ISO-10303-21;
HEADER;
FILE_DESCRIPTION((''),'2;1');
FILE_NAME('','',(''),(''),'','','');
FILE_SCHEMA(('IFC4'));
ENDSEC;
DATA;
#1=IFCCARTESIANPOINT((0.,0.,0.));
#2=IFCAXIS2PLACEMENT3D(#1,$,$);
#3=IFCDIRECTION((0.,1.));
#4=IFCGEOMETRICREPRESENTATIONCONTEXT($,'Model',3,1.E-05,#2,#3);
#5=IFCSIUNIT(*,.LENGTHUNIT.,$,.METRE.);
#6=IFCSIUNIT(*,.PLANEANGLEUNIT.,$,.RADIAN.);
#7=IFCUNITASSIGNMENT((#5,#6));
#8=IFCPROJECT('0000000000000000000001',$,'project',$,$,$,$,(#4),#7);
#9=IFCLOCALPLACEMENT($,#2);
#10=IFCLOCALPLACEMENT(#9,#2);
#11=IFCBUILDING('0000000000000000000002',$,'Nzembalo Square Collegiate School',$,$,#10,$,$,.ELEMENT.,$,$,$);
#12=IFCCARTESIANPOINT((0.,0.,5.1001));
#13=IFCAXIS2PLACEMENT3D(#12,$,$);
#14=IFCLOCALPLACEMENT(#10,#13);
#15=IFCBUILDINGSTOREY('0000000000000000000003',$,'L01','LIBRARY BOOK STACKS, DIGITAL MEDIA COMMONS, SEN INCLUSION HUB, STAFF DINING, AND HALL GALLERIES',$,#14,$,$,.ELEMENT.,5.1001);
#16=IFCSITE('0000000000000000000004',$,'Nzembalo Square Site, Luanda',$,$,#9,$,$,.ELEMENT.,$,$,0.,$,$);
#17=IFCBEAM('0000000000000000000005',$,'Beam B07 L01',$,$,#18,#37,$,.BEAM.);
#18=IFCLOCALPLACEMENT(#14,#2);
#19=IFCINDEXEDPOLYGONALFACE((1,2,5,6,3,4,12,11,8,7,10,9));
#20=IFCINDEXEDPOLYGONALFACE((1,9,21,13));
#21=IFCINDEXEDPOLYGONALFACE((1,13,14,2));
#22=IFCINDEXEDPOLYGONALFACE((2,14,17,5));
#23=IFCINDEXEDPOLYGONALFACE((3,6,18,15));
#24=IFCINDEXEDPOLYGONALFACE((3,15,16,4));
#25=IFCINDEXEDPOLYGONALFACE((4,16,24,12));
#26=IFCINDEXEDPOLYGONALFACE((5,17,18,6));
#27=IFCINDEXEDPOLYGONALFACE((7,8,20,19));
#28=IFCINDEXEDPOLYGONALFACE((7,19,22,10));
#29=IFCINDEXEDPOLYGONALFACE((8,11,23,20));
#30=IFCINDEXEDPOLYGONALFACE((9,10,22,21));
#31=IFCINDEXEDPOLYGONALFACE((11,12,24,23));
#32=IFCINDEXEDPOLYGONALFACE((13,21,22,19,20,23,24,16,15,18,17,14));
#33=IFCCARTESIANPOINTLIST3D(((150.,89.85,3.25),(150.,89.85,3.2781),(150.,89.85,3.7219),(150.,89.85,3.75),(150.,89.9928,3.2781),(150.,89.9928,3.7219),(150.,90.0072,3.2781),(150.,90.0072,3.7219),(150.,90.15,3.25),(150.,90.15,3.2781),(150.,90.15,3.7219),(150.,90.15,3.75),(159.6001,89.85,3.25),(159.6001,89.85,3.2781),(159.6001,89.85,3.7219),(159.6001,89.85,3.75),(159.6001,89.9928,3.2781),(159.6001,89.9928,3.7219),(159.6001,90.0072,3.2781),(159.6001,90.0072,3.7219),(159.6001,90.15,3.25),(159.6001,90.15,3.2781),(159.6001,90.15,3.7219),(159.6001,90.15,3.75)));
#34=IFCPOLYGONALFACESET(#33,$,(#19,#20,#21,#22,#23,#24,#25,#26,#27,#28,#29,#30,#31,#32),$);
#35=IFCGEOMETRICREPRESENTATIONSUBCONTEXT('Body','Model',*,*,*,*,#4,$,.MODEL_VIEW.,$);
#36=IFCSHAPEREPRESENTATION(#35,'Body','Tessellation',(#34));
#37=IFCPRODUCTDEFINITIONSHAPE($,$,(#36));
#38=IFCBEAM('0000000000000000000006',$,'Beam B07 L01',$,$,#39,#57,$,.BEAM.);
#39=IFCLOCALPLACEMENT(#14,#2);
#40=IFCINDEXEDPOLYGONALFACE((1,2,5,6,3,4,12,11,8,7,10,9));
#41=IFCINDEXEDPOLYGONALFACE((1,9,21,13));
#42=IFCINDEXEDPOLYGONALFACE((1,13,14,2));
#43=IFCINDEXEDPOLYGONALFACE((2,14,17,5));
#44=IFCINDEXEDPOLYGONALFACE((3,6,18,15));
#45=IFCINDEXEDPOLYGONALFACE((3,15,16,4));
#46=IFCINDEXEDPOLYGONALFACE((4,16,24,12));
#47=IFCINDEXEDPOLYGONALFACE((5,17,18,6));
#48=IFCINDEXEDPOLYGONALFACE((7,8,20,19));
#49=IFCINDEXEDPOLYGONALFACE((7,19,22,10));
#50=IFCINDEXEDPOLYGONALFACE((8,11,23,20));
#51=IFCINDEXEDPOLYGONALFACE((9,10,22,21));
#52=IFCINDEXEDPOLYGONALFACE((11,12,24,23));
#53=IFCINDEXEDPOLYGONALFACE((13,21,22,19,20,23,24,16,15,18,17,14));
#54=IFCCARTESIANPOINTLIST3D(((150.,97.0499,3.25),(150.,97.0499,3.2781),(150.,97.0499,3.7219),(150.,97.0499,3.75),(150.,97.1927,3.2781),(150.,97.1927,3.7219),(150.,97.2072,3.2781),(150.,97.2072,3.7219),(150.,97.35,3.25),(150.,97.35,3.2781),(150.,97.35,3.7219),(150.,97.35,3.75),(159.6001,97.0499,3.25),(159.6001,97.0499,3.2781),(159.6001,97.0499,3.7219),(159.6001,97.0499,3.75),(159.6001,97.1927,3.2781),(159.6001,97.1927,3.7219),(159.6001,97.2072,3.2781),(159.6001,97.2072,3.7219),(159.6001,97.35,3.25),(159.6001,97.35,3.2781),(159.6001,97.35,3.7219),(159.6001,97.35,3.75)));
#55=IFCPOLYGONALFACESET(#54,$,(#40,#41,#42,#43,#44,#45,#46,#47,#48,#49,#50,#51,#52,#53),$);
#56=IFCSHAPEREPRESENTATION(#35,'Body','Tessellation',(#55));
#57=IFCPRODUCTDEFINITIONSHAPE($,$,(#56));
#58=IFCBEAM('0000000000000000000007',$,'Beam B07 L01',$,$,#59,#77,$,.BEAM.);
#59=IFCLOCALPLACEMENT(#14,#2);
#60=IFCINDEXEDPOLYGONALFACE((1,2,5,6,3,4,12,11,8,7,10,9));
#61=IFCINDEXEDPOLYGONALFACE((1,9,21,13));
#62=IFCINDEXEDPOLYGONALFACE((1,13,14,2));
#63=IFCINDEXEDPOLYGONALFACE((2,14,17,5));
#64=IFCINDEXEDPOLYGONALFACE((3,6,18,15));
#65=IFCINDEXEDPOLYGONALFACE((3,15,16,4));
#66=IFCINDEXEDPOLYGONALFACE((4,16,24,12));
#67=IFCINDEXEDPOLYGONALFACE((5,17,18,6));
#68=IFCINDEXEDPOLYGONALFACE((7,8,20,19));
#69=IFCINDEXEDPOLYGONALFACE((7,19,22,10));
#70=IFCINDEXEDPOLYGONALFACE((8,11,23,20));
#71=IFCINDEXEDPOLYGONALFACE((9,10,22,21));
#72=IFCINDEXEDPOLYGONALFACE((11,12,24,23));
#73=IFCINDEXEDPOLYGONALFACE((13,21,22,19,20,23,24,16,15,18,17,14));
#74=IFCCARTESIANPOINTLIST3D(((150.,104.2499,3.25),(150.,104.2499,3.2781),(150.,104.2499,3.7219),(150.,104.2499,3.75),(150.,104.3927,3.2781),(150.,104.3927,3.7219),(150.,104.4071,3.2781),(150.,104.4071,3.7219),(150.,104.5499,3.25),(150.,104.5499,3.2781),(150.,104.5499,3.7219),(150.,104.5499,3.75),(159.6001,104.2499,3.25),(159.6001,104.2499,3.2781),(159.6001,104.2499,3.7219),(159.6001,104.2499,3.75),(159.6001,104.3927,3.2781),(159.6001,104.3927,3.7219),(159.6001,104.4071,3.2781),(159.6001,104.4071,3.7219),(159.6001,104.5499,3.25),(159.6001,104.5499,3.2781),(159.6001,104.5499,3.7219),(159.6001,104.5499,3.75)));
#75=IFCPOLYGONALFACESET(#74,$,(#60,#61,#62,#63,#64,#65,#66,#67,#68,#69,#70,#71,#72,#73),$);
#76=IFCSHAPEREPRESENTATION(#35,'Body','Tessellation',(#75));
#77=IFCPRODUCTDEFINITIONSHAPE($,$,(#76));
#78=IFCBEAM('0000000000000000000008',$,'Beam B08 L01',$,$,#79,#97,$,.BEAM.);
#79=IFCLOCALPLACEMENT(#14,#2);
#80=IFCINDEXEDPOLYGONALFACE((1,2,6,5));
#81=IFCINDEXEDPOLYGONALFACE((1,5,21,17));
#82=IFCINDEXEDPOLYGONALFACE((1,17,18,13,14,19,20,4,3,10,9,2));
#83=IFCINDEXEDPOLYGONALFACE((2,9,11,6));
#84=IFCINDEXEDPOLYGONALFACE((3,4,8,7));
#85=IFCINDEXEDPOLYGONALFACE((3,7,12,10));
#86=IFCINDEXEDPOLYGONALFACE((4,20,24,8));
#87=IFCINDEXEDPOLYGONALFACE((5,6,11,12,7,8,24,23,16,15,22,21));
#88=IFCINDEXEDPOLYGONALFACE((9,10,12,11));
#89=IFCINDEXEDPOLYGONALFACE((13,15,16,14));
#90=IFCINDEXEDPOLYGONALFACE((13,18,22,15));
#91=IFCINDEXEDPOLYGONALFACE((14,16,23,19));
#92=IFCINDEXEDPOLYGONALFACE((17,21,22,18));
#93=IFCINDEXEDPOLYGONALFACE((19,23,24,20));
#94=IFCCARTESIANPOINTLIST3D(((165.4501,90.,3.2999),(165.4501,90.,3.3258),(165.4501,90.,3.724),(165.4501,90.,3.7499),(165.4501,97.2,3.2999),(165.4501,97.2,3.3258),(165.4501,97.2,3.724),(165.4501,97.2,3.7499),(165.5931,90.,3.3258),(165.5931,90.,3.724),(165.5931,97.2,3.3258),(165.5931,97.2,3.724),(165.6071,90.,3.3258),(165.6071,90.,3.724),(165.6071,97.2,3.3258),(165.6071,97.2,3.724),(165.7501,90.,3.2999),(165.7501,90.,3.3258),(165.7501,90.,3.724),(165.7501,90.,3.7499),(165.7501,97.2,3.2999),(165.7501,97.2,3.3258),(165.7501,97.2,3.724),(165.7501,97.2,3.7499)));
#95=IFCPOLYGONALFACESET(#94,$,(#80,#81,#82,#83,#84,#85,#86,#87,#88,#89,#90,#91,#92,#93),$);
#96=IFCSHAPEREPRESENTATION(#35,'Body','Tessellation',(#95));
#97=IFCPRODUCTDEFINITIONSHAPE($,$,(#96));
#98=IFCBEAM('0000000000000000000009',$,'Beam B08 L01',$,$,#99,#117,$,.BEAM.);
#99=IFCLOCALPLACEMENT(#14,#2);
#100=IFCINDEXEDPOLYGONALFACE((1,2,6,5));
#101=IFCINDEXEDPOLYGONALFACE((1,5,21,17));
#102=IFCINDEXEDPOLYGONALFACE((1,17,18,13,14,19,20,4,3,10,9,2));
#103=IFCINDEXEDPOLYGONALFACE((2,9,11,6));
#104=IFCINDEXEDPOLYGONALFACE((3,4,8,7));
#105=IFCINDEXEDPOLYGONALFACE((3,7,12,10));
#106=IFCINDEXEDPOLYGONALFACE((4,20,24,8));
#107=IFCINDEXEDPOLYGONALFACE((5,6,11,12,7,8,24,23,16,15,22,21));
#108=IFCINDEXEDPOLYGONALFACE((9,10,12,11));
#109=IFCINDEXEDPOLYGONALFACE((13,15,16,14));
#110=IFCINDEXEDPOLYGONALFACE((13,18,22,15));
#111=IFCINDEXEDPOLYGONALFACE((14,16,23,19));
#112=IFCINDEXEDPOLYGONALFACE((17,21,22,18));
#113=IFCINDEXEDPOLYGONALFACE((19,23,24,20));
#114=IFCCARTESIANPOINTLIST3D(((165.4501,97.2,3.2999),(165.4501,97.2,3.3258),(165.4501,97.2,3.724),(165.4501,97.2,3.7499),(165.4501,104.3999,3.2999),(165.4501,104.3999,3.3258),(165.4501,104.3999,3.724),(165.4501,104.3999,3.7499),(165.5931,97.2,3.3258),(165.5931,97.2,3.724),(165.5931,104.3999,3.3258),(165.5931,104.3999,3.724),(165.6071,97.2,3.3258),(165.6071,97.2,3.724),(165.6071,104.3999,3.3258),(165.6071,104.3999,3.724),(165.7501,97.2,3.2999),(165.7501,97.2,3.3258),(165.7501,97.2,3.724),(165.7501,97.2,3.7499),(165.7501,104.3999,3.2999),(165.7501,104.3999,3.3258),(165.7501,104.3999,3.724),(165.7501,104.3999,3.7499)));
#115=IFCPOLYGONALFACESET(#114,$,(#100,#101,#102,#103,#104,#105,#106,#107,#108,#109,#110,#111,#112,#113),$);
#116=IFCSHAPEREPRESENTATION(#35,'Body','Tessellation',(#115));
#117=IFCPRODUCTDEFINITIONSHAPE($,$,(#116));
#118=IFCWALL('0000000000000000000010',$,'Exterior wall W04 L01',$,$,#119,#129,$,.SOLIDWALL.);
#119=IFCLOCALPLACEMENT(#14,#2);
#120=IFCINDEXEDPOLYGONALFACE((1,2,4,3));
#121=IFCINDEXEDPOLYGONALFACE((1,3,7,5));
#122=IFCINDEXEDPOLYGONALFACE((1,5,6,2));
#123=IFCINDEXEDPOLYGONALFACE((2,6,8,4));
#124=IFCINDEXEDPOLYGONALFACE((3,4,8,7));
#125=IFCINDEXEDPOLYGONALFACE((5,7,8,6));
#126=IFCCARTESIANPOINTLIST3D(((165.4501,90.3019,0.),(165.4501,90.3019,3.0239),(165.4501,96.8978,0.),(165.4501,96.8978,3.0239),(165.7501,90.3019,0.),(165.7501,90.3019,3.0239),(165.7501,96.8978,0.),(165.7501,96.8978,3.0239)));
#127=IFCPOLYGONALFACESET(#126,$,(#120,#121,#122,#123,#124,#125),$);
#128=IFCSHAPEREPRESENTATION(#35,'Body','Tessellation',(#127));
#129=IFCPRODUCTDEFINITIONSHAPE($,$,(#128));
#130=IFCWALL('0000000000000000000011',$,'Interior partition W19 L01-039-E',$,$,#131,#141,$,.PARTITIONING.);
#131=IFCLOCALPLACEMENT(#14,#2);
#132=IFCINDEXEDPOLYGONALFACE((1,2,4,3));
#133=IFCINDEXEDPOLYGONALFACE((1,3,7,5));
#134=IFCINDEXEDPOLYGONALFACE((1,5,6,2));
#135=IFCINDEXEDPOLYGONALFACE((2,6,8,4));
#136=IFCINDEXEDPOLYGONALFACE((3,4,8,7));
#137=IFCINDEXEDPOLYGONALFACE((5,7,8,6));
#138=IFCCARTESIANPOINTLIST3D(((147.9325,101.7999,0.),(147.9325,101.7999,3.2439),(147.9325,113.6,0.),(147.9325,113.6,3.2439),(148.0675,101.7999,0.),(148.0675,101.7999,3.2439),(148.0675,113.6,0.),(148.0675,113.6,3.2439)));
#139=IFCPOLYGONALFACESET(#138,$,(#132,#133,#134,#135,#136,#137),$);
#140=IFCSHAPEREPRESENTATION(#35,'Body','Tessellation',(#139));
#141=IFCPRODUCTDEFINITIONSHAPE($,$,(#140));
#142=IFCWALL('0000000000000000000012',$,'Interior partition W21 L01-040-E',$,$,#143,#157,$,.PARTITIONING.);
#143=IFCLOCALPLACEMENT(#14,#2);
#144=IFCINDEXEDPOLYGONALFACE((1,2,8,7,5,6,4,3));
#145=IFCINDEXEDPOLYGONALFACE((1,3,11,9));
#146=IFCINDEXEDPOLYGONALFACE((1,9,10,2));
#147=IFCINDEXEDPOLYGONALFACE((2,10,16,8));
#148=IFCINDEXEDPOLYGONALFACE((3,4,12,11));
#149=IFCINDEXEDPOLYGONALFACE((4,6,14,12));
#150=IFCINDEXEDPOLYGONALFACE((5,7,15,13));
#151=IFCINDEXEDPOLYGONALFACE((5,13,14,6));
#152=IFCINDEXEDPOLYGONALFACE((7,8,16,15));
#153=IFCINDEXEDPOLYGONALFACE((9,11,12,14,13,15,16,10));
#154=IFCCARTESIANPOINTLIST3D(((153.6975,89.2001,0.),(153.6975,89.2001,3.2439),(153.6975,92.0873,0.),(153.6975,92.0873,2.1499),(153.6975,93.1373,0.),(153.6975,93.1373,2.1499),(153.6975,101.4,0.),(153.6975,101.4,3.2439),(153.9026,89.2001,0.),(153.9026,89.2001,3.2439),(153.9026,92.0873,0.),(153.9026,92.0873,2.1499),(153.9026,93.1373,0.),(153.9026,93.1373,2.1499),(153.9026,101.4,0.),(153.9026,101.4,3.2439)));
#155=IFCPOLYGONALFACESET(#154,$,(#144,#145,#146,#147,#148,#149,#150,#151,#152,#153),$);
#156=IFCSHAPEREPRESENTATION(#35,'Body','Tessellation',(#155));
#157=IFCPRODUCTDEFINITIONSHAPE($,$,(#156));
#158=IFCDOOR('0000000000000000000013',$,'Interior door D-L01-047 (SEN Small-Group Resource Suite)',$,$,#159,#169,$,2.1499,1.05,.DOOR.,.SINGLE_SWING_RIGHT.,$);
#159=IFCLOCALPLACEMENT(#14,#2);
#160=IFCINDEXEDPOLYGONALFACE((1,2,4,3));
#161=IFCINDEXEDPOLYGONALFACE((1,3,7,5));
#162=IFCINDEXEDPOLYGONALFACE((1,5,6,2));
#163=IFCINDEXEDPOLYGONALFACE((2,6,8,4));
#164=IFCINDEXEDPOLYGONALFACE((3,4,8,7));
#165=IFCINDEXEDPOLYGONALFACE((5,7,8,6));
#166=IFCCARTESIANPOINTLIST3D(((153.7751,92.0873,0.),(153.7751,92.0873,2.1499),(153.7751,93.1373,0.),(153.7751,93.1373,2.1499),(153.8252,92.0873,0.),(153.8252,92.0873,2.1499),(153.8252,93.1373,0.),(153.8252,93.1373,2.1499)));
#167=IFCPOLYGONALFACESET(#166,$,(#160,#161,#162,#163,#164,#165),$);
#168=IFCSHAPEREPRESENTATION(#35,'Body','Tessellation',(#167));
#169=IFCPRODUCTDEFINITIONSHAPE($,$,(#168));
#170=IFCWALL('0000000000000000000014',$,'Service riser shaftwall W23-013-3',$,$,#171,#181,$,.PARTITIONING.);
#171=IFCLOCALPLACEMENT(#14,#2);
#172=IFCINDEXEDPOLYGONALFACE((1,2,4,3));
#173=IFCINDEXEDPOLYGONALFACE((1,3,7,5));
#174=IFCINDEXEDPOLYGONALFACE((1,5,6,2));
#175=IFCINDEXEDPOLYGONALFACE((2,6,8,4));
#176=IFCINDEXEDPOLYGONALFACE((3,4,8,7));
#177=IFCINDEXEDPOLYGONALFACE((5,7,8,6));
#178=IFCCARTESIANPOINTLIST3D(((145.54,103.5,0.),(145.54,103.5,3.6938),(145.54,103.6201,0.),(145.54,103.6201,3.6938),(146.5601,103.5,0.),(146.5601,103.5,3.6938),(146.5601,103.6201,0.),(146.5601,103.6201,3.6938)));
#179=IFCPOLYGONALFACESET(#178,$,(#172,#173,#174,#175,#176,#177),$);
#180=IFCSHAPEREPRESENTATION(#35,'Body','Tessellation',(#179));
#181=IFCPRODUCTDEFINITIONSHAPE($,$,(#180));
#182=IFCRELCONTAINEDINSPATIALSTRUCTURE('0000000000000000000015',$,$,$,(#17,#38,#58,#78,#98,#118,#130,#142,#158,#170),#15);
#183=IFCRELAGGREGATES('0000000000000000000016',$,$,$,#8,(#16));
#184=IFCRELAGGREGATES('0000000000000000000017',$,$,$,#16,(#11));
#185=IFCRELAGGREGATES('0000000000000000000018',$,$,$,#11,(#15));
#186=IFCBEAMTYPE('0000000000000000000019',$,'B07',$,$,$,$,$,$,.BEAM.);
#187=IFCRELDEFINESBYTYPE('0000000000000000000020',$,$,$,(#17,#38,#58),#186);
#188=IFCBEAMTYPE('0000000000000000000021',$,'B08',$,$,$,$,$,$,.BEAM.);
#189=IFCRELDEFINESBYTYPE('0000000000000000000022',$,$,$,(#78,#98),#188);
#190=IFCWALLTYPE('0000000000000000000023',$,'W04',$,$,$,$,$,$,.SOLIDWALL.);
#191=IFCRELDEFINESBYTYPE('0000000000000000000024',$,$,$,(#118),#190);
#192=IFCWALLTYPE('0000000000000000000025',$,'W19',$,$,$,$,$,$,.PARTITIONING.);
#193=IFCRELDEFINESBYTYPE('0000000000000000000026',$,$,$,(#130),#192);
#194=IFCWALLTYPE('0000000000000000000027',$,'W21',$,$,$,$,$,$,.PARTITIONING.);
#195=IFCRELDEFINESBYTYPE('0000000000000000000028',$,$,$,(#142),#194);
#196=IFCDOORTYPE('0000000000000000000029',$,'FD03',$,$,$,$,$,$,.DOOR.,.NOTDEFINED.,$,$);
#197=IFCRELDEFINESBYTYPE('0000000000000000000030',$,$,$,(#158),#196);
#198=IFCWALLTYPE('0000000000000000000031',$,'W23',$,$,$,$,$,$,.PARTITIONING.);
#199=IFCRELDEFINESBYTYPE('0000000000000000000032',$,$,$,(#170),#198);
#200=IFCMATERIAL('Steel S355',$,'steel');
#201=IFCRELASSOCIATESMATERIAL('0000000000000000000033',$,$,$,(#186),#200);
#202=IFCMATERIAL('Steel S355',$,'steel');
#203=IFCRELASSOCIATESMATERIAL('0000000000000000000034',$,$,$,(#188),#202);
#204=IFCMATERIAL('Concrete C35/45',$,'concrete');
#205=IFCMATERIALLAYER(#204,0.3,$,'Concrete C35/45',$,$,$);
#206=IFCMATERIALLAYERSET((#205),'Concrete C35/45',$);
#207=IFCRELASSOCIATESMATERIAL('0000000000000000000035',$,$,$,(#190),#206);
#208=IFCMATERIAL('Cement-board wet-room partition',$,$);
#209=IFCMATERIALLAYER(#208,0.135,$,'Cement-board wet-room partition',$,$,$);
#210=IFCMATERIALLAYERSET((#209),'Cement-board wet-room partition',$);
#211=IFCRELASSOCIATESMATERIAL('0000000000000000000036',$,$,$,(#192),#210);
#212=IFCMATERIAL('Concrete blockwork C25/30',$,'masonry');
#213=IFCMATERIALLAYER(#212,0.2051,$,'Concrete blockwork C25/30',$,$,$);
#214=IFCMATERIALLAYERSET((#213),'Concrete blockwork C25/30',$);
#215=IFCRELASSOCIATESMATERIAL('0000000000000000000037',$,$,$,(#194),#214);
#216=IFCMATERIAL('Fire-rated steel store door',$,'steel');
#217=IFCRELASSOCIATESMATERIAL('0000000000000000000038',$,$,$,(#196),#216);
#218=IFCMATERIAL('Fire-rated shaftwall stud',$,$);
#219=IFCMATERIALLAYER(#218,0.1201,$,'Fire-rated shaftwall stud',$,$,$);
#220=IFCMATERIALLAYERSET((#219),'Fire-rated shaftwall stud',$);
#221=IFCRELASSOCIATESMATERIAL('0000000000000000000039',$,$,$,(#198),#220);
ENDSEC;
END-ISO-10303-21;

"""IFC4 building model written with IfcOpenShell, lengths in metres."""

from ifc_helpers import new_model, si_unit, direction, frame, frame_2d, origin, origin_2d, place, context, subcontext, project, spatial, rectangle, i_section, extrude, material, layer, layer_set, material_profile, profile_set, type_object, element, fill, save


model = new_model("IFC4")

# Units and contexts
model_context = context("Model", 3, precision=1e-05, world=origin(), true_north=direction((0.0, 1.0)))
body_context = subcontext(model_context, "Body", "Model", "MODEL_VIEW")
ifc_project = project(units=[si_unit("LENGTHUNIT", "METRE"), si_unit("PLANEANGLEUNIT", "RADIAN")], contexts=[model_context])

# Site, building, storey
site_placement = place(None, origin())
site = spatial("IfcSite", under=ifc_project, at=site_placement, Name="Nzembalo Square Site, Luanda", CompositionType="ELEMENT", RefElevation=0.0)
building_placement = place(site_placement, origin())
building = spatial("IfcBuilding", under=site, at=building_placement, Name="Nzembalo Square Collegiate School", CompositionType="ELEMENT")
storey_placement = place(building_placement, frame((0.0, 0.0, 5.1001)))
storey = spatial("IfcBuildingStorey", under=building, at=storey_placement, Name="L01", Description="LIBRARY BOOK STACKS, DIGITAL MEDIA COMMONS, SEN INCLUSION HUB, STAFF DINING, AND HALL GALLERIES", CompositionType="ELEMENT", Elevation=5.1001)

# Beams
ifc_material_1 = material(Name="Steel S355", Category="steel")
ifc_material_profile_1 = material_profile(ifc_material_1, i_section(OverallWidth=0.3, OverallDepth=0.5, WebThickness=0.0144, FlangeThickness=0.0281, at=origin_2d()), Name="HEB 500")
ifc_profile_set_1 = profile_set([ifc_material_profile_1], Name="Steel S355")
beam_type_1 = type_object("IfcBeamType", Name="B07", PredefinedType="BEAM", material=ifc_profile_set_1)
for number, where, z_axis, x_axis, name in (
    (1, (150.0, 90.0, 3.5), (1.0, 0.0, 0.0), (0.0, 1.0, 0.0), "Beam B07 L01"),
    (2, (150.0, 97.2, 3.5), (1.0, 0.0, 0.0), (0.0, 1.0, 0.0), "Beam B07 L01"),
    (3, (150.0, 104.3999, 3.5), (1.0, 0.0, 0.0), (0.0, 1.0, 0.0), "Beam B07 L01"),
):
    element("IfcBeam", number, at=place(storey_placement, frame(where, z_axis=z_axis, x_axis=x_axis)), inside=storey, type_object=beam_type_1, Name=name, PredefinedType="BEAM", context=body_context, shape_type="SweptSolid", body=[
        extrude(i_section(OverallWidth=0.3, OverallDepth=0.5, WebThickness=0.0144, FlangeThickness=0.0281, at=origin_2d()), origin(), (0.0, 0.0, 1.0), 9.6001),
    ])
ifc_material_2 = material(Name="Steel S355", Category="steel")
ifc_material_profile_2 = material_profile(ifc_material_2, i_section(OverallWidth=0.3, OverallDepth=0.45, WebThickness=0.0139, FlangeThickness=0.0259, at=origin_2d()), Name="HEB 450")
ifc_profile_set_2 = profile_set([ifc_material_profile_2], Name="Steel S355")
beam_type_2 = type_object("IfcBeamType", Name="B08", PredefinedType="BEAM", material=ifc_profile_set_2)
for number, where, z_axis, x_axis, name in (
    (4, (165.6001, 90.0, 3.5249), (0.0, 1.0, 0.0), (-1.0, 0.0, 0.0), "Beam B08 L01"),
    (5, (165.6001, 97.2, 3.5249), (0.0, 1.0, 0.0), (-1.0, 0.0, 0.0), "Beam B08 L01"),
):
    element("IfcBeam", number, at=place(storey_placement, frame(where, z_axis=z_axis, x_axis=x_axis)), inside=storey, type_object=beam_type_2, Name=name, PredefinedType="BEAM", context=body_context, shape_type="SweptSolid", body=[
        extrude(i_section(OverallWidth=0.3, OverallDepth=0.45, WebThickness=0.0139, FlangeThickness=0.0259, at=origin_2d()), origin(), (0.0, 0.0, 1.0), 7.2),
    ])

# Walls
ifc_material_3 = material(Name="Concrete C35/45", Category="concrete")
ifc_layer_1 = layer(ifc_material_3, 0.3, Name="Concrete C35/45")
ifc_layer_set_1 = layer_set([ifc_layer_1], Name="Concrete C35/45")
wall_type_1 = type_object("IfcWallType", Name="W04", PredefinedType="SOLIDWALL", material=ifc_layer_set_1)
wall_1_placement = place(storey_placement, frame((165.6001, 90.302, 0.0), z_axis=(0.0, 0.0, 1.0), x_axis=(0.0, 1.0, 0.0)))
element("IfcWall", 6, at=wall_1_placement, inside=storey, type_object=wall_type_1, Name="Exterior wall W04 L01", PredefinedType="SOLIDWALL", context=body_context, shape_type="SweptSolid", body=[
    extrude(rectangle(XDim=6.5959, YDim=0.3, at=frame_2d((3.2979, 0.0))), origin(), (0.0, 0.0, 1.0), 3.0239),
])
ifc_material_4 = material(Name="Cement-board wet-room partition")
ifc_layer_2 = layer(ifc_material_4, 0.135, Name="Cement-board wet-room partition")
ifc_layer_set_2 = layer_set([ifc_layer_2], Name="Cement-board wet-room partition")
wall_type_2 = type_object("IfcWallType", Name="W19", PredefinedType="PARTITIONING", material=ifc_layer_set_2)
wall_2_placement = place(storey_placement, frame((148.0, 101.8, 0.0), z_axis=(0.0, 0.0, 1.0), x_axis=(0.0, 1.0, 0.0)))
element("IfcWall", 7, at=wall_2_placement, inside=storey, type_object=wall_type_2, Name="Interior partition W19 L01-039-E", PredefinedType="PARTITIONING", context=body_context, shape_type="SweptSolid", body=[
    extrude(rectangle(XDim=11.8, YDim=0.135, at=frame_2d((5.8999, 0.0))), origin(), (0.0, 0.0, 1.0), 3.2439),
])

# Wall, opening, door
ifc_material_5 = material(Name="Concrete blockwork C25/30", Category="masonry")
ifc_layer_3 = layer(ifc_material_5, 0.2051, Name="Concrete blockwork C25/30")
ifc_layer_set_3 = layer_set([ifc_layer_3], Name="Concrete blockwork C25/30")
wall_type_3 = type_object("IfcWallType", Name="W21", PredefinedType="PARTITIONING", material=ifc_layer_set_3)
wall_3_placement = place(storey_placement, frame((153.8, 89.2, 0.0), z_axis=(0.0, 0.0, 1.0), x_axis=(0.0, 1.0, 0.0)))
wall_3 = element("IfcWall", 8, at=wall_3_placement, inside=storey, type_object=wall_type_3, Name="Interior partition W21 L01-040-E", PredefinedType="PARTITIONING", context=body_context, shape_type="SweptSolid", body=[
    extrude(rectangle(XDim=12.2, YDim=0.2051, at=frame_2d((6.1001, 0.0))), origin(), (0.0, 0.0, 1.0), 3.2439),
])
opening_placement = place(wall_3_placement, frame((2.8875, 0.0, 0.0)))
opening = element("IfcOpeningElement", 9, at=opening_placement, cuts=wall_3, PredefinedType="OPENING", context=body_context, shape_type="SweptSolid", body=[
    extrude(rectangle(XDim=1.05, YDim=2.1499, at=frame_2d((0.5249, 1.075))), frame((0.0, 0.1125, 0.0), z_axis=(0.0, -1.0, 0.0), x_axis=(1.0, 0.0, 0.0)), (0.0, 0.0, 1.0), 0.2251),
])
ifc_material_6 = material(Name="Fire-rated steel store door", Category="steel")
door_type = type_object("IfcDoorType", Name="FD03", OperationType="NOTDEFINED", PredefinedType="DOOR", material=ifc_material_6)
door_placement = place(opening_placement, origin())
door = element("IfcDoor", 10, at=door_placement, inside=storey, type_object=door_type, Name="Interior door D-L01-047 (SEN Small-Group Resource Suite)", OperationType="SINGLE_SWING_RIGHT", OverallHeight=2.1499, OverallWidth=1.05, PredefinedType="DOOR", context=body_context, shape_type="SweptSolid", body=[
    extrude(rectangle(XDim=1.05, YDim=2.1499, at=frame_2d((0.5249, 1.075))), frame((0.0, 0.0249, 0.0), z_axis=(0.0, -1.0, 0.0), x_axis=(1.0, 0.0, 0.0)), (0.0, 0.0, 1.0), 0.05),
])
fill(opening, door)

# Wall
ifc_material_7 = material(Name="Fire-rated shaftwall stud")
ifc_layer_4 = layer(ifc_material_7, 0.1201, Name="Fire-rated shaftwall stud")
ifc_layer_set_4 = layer_set([ifc_layer_4], Name="Fire-rated shaftwall stud")
wall_type_4 = type_object("IfcWallType", Name="W23", PredefinedType="PARTITIONING", material=ifc_layer_set_4)
wall_4_placement = place(storey_placement, frame((146.5601, 103.5601, 0.0), z_axis=(0.0, 0.0, 1.0), x_axis=(-1.0, 0.0, 0.0)))
element("IfcWall", 11, at=wall_4_placement, inside=storey, type_object=wall_type_4, Name="Service riser shaftwall W23-013-3", PredefinedType="PARTITIONING", context=body_context, shape_type="SweptSolid", body=[
    extrude(rectangle(XDim=1.02, YDim=0.1201, at=frame_2d((0.51, 0.0))), origin(), (0.0, 0.0, 1.0), 3.6938),
])

save(model, "model.ifc")
